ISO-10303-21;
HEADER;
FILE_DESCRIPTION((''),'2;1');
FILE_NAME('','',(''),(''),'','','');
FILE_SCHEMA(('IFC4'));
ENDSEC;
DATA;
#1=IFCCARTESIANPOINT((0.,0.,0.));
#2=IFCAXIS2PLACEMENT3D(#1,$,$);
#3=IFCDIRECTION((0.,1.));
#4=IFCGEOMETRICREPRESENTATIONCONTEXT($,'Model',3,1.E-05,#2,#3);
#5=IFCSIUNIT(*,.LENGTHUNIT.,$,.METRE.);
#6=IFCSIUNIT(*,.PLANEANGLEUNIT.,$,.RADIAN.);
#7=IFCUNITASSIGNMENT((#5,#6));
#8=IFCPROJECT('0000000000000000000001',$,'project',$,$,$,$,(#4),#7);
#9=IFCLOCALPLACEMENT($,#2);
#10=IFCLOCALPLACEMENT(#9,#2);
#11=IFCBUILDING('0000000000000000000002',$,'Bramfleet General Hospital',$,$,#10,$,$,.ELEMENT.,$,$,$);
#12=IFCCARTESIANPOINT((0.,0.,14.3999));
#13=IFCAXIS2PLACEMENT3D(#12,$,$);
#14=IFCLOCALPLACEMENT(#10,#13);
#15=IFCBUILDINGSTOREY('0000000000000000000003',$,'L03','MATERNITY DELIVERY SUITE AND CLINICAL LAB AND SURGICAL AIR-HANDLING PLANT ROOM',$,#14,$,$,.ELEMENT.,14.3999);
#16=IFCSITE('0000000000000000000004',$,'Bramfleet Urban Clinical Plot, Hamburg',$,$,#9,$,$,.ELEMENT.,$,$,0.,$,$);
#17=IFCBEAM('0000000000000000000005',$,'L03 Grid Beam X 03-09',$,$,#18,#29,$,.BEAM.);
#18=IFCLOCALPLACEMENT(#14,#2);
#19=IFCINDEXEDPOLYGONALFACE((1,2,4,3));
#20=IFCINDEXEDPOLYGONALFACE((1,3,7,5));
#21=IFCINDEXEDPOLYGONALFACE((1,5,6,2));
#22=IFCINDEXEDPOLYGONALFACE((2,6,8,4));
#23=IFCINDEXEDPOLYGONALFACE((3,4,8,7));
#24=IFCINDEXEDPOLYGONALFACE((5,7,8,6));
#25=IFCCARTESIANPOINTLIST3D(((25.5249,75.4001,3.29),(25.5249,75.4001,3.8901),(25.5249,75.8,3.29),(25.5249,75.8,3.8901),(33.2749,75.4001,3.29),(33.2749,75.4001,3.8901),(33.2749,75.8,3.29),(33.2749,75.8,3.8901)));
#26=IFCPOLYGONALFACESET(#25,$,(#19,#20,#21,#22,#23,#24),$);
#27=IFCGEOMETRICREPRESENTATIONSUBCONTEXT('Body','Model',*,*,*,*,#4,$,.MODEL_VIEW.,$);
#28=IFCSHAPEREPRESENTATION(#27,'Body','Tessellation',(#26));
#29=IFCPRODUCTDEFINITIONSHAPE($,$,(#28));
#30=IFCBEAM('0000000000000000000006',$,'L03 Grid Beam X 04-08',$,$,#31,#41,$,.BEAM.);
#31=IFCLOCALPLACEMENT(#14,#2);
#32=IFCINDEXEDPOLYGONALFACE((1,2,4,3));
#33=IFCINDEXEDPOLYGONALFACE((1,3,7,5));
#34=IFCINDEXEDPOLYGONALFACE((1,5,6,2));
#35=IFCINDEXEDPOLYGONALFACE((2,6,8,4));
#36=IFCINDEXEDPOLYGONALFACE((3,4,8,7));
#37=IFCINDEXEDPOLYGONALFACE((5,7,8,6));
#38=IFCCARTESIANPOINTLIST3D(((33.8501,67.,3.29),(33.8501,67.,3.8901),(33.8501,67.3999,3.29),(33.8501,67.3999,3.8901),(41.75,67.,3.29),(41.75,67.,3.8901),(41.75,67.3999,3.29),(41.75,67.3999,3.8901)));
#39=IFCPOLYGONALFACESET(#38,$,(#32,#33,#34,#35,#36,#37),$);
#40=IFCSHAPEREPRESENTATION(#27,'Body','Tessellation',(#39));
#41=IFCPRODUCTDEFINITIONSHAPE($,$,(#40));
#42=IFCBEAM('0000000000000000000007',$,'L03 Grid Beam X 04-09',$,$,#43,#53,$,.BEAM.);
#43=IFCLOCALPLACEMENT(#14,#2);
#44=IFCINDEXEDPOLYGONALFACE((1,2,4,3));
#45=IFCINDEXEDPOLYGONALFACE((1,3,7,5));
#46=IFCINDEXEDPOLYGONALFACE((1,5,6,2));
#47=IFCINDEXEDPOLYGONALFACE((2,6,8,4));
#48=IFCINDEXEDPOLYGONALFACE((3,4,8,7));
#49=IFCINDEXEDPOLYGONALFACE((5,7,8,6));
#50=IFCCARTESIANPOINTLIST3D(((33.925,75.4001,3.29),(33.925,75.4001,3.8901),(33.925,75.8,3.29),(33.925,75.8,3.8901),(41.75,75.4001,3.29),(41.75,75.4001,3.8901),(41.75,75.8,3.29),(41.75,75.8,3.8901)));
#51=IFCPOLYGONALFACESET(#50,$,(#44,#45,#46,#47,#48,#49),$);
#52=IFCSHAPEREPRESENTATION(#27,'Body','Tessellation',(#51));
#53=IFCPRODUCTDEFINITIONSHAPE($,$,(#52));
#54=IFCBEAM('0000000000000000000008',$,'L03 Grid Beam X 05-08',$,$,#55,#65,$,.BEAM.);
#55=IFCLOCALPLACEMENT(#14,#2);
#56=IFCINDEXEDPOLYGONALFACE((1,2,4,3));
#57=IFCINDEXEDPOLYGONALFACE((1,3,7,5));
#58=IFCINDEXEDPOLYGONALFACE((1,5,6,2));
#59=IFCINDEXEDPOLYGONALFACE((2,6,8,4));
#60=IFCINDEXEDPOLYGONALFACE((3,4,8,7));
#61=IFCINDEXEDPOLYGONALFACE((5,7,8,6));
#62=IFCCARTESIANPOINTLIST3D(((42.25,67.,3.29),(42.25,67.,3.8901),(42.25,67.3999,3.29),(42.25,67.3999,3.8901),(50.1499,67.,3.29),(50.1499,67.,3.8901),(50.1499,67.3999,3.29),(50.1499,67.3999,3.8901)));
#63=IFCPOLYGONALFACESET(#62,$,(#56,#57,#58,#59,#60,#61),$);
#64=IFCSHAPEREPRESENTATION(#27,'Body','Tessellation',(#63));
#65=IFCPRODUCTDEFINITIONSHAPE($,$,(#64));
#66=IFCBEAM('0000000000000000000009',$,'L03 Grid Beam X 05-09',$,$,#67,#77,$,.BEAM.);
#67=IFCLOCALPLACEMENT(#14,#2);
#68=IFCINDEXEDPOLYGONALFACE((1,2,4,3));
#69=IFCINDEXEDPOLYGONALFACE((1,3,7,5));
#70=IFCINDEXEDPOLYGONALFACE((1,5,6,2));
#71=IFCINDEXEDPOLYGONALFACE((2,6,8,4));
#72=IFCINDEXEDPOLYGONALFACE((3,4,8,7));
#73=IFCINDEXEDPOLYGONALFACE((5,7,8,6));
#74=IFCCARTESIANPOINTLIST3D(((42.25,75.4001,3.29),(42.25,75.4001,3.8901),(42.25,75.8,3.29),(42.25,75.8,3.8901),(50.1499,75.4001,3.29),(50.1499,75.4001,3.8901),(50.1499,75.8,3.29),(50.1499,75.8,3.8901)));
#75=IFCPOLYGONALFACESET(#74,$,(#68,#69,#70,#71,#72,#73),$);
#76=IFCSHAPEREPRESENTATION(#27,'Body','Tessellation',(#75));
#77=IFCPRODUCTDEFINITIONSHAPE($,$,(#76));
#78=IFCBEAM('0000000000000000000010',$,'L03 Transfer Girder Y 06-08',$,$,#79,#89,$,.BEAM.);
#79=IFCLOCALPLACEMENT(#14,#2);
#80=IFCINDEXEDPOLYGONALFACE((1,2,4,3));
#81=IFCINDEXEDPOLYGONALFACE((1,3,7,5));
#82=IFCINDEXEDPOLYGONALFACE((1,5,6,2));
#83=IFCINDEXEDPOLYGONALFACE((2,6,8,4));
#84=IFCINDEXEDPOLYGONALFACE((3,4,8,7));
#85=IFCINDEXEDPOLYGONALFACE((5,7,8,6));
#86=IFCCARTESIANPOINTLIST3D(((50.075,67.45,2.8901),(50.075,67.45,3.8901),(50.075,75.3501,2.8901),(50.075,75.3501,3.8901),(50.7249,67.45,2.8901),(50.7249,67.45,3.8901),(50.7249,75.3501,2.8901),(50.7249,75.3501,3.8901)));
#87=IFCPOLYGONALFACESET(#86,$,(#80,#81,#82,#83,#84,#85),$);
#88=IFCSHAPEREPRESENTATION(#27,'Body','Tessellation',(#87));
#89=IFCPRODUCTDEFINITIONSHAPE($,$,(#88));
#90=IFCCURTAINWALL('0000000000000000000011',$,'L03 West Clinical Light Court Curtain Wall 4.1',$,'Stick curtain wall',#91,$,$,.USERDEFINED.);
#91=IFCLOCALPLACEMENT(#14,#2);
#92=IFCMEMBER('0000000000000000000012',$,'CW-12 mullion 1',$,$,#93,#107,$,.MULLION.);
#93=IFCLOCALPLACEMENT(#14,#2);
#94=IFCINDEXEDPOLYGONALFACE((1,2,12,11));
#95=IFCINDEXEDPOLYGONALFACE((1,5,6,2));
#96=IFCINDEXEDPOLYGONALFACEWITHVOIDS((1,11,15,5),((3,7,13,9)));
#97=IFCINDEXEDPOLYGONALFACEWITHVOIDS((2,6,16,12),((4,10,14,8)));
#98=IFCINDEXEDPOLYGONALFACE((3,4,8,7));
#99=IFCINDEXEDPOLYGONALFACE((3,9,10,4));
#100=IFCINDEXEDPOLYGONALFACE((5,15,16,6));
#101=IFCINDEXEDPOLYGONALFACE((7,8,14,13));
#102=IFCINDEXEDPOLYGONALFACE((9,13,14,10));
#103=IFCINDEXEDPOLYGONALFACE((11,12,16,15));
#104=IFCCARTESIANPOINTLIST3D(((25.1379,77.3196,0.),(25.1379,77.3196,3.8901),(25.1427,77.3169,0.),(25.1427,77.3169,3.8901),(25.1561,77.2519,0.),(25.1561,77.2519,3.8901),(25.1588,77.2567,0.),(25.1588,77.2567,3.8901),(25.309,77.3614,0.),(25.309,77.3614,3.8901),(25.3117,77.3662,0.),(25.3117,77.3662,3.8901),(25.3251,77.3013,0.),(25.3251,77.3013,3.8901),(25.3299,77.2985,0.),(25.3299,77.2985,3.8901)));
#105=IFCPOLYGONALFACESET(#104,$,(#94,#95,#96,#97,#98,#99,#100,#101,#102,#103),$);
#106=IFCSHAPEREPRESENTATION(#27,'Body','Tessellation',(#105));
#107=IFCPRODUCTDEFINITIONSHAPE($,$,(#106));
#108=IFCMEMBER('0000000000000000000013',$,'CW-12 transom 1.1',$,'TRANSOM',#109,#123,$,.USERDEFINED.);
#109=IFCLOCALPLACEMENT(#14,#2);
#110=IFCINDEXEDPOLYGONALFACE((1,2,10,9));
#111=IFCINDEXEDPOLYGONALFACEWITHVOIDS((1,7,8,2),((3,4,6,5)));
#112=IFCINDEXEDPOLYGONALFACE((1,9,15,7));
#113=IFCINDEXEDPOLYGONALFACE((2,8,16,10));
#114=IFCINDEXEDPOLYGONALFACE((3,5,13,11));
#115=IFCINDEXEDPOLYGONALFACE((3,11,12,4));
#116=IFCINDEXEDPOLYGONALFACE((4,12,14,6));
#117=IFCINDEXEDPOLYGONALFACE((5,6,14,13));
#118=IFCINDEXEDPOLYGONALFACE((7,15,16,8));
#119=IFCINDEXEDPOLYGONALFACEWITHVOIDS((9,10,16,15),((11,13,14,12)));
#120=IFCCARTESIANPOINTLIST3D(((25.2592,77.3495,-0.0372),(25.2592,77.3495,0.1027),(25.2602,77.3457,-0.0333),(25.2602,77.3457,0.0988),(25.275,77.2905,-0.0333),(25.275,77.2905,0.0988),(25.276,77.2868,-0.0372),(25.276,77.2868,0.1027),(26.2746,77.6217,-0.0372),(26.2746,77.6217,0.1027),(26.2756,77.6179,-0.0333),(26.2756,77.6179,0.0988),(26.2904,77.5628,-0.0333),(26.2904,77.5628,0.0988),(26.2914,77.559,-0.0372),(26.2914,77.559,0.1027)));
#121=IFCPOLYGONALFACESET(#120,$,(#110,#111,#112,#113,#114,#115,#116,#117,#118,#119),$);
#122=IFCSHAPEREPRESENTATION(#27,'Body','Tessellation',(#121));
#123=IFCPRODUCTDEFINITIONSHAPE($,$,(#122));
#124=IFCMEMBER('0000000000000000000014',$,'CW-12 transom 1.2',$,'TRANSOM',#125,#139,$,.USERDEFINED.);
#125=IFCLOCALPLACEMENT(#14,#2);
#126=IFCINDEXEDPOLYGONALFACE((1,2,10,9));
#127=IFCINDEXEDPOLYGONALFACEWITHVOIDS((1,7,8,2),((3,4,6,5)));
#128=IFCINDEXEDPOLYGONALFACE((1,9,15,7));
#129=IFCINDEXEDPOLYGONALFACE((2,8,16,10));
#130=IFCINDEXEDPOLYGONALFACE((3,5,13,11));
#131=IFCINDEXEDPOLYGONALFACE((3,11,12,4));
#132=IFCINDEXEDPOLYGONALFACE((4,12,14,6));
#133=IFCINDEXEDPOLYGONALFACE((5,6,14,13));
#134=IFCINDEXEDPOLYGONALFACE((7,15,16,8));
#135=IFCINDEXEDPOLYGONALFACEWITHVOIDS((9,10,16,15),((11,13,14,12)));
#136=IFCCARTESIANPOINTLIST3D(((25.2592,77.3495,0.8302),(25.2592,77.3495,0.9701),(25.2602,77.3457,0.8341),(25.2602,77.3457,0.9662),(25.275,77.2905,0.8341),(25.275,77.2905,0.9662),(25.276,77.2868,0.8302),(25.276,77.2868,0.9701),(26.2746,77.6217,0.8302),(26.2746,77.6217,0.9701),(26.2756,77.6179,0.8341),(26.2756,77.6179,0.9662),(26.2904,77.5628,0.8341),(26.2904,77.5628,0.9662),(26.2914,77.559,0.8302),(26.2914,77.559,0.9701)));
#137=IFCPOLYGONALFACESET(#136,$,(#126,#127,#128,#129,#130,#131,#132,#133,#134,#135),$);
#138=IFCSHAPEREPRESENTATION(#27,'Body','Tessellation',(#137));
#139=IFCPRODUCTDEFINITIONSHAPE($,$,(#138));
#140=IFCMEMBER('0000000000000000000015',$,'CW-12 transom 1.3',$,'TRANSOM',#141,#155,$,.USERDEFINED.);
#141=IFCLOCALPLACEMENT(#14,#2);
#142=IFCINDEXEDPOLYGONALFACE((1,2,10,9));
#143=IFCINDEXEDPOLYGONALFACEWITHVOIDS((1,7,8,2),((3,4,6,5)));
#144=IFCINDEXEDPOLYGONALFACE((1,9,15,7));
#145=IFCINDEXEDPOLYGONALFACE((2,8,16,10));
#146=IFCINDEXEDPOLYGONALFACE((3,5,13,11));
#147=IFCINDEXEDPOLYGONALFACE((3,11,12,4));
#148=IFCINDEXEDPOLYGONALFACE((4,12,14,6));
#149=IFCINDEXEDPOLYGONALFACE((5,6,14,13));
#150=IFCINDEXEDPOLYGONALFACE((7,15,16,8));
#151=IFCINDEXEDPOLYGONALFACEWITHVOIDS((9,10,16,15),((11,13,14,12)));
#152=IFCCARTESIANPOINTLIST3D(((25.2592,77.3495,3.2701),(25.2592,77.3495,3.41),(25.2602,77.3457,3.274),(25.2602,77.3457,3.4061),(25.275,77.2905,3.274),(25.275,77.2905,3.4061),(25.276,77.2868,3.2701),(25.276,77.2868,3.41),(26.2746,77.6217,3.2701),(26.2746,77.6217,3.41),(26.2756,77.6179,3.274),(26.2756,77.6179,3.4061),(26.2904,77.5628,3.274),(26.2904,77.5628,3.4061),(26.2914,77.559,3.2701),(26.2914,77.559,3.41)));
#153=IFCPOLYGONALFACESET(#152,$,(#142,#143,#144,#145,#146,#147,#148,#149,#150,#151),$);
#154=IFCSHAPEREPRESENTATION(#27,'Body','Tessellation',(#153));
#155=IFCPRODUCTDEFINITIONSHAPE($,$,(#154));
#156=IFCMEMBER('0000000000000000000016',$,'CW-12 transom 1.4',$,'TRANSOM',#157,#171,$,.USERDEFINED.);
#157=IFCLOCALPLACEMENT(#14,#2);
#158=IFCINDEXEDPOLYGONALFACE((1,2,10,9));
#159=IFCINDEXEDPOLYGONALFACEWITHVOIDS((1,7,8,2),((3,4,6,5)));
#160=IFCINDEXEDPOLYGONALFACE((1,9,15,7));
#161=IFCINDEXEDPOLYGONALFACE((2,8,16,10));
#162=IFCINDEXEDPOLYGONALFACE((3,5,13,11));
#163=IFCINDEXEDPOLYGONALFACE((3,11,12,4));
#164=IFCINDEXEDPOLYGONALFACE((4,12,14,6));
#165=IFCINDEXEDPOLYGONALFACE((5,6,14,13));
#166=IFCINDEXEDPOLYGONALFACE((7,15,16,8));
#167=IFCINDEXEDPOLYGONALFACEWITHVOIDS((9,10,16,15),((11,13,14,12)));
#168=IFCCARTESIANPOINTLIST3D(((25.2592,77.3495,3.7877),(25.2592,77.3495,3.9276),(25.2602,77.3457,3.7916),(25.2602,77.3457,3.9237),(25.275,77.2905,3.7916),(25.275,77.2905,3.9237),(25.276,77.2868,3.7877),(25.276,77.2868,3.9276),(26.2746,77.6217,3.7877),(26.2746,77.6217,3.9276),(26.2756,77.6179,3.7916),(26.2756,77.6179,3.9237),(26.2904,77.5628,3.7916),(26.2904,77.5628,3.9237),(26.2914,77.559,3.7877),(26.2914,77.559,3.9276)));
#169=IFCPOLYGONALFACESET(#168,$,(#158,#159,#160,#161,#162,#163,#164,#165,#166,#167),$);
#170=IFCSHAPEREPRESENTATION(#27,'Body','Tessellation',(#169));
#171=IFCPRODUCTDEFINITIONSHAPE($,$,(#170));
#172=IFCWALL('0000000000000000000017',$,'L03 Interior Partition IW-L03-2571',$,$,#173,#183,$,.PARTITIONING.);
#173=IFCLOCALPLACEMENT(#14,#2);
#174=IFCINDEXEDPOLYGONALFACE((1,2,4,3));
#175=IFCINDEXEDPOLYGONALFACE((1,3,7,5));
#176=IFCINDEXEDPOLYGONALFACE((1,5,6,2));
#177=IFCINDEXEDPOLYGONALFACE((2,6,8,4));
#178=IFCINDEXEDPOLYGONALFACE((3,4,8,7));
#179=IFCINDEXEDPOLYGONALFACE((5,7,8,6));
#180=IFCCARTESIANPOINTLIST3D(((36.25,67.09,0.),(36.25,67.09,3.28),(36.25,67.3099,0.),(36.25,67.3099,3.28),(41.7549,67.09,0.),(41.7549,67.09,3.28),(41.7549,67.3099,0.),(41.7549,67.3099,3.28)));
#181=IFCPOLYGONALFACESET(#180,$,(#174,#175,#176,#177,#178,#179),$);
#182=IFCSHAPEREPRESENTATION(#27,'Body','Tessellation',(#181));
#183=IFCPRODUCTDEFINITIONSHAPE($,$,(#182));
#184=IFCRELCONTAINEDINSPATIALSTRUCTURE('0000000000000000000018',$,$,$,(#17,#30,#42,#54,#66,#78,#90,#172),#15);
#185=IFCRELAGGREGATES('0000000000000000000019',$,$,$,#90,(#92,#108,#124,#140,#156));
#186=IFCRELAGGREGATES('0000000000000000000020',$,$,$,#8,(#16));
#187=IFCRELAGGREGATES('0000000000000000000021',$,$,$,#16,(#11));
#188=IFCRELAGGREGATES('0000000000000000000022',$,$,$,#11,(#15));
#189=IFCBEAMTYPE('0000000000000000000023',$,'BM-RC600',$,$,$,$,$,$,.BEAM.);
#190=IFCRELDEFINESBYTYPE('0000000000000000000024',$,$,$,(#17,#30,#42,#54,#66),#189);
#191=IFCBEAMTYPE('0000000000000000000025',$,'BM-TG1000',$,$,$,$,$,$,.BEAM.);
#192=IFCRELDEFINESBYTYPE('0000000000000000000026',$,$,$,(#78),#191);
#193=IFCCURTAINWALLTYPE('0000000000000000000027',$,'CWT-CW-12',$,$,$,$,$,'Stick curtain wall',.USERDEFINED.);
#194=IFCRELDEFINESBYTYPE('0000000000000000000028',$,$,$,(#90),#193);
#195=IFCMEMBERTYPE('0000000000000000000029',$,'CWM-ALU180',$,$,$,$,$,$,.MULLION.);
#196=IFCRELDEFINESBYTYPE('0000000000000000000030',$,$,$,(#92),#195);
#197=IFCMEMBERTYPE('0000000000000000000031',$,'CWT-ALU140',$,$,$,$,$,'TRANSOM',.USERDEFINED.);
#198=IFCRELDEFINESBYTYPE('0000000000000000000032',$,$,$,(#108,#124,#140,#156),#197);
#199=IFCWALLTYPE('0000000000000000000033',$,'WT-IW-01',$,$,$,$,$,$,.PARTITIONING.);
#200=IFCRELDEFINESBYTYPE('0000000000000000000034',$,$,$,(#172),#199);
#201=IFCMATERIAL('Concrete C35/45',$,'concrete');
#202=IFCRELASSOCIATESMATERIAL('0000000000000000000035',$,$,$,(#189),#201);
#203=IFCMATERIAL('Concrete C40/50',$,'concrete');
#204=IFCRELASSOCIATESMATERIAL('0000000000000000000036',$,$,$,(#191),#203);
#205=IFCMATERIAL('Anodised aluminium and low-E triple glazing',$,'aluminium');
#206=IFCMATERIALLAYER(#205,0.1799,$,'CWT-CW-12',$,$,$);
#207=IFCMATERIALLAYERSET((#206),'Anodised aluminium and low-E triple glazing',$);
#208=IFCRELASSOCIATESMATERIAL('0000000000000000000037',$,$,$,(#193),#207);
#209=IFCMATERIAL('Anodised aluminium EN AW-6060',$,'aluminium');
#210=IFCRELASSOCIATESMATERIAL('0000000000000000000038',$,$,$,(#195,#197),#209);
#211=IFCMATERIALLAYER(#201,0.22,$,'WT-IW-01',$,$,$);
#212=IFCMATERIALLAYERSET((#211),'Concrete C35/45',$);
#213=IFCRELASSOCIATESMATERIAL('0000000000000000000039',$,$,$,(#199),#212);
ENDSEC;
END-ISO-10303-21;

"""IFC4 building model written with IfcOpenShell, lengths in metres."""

from ifc_helpers import new_model, si_unit, direction, frame, frame_2d, origin, origin_2d, place, context, subcontext, project, spatial, rectangle, hollow_rectangle, extrude, material, layer, layer_set, material_profile, profile_set, type_object, element, aggregate, save


model = new_model("IFC4")

# Units and contexts
model_context = context("Model", 3, precision=1e-05, world=origin(), true_north=direction((0.0, 1.0)))
body_context = subcontext(model_context, "Body", "Model", "MODEL_VIEW")
ifc_project = project(units=[si_unit("LENGTHUNIT", "METRE"), si_unit("PLANEANGLEUNIT", "RADIAN")], contexts=[model_context])

# Site, building, storey
site_placement = place(None, origin())
site = spatial("IfcSite", under=ifc_project, at=site_placement, Name="Bramfleet Urban Clinical Plot, Hamburg", CompositionType="ELEMENT", RefElevation=0.0)
building_placement = place(site_placement, origin())
building = spatial("IfcBuilding", under=site, at=building_placement, Name="Bramfleet General Hospital", CompositionType="ELEMENT")
storey_placement = place(building_placement, frame((0.0, 0.0, 14.3999)))
storey = spatial("IfcBuildingStorey", under=building, at=storey_placement, Name="L03", Description="MATERNITY DELIVERY SUITE AND CLINICAL LAB AND SURGICAL AIR-HANDLING PLANT ROOM", CompositionType="ELEMENT", Elevation=14.3999)

# Shared definitions
ifc_material_1 = material(Name="Concrete C40/50", Category="concrete")

# Beams
ifc_material_2 = material(Name="Concrete C35/45", Category="concrete")
ifc_material_profile_1 = material_profile(ifc_material_2, rectangle(XDim=0.3999, YDim=0.6001, at=origin_2d()), Name="RC BM 600x400")
ifc_profile_set_1 = profile_set([ifc_material_profile_1], Name="Concrete C35/45")
beam_type_1 = type_object("IfcBeamType", Name="BM-RC600", PredefinedType="BEAM", material=ifc_profile_set_1)
beam_1_placement = place(storey_placement, frame((25.5249, 75.6001, 3.5901), z_axis=(1.0, 0.0, 0.0), x_axis=(0.0, 1.0, 0.0)))
element("IfcBeam", 1, at=beam_1_placement, inside=storey, type_object=beam_type_1, Name="L03 Grid Beam X 03-09", PredefinedType="BEAM", context=body_context, shape_type="SweptSolid", body=[
    extrude(rectangle(XDim=0.3999, YDim=0.6001, at=origin_2d()), origin(), (0.0, 0.0, 1.0), 7.75),
])
beam_2_placement = place(storey_placement, frame((33.8501, 67.2, 3.5901), z_axis=(1.0, 0.0, 0.0), x_axis=(0.0, 1.0, 0.0)))
element("IfcBeam", 2, at=beam_2_placement, inside=storey, type_object=beam_type_1, Name="L03 Grid Beam X 04-08", PredefinedType="BEAM", context=body_context, shape_type="SweptSolid", body=[
    extrude(rectangle(XDim=0.3999, YDim=0.6001, at=origin_2d()), origin(), (0.0, 0.0, 1.0), 7.8999),
])
beam_3_placement = place(storey_placement, frame((33.925, 75.6001, 3.5901), z_axis=(1.0, 0.0, 0.0), x_axis=(0.0, 1.0, 0.0)))
element("IfcBeam", 3, at=beam_3_placement, inside=storey, type_object=beam_type_1, Name="L03 Grid Beam X 04-09", PredefinedType="BEAM", context=body_context, shape_type="SweptSolid", body=[
    extrude(rectangle(XDim=0.3999, YDim=0.6001, at=origin_2d()), origin(), (0.0, 0.0, 1.0), 7.825),
])
for number, where, z_axis, x_axis, name in (
    (4, (42.25, 67.2, 3.5901), (1.0, 0.0, 0.0), (0.0, 1.0, 0.0), "L03 Grid Beam X 05-08"),
    (5, (42.25, 75.6001, 3.5901), (1.0, 0.0, 0.0), (0.0, 1.0, 0.0), "L03 Grid Beam X 05-09"),
):
    element("IfcBeam", number, at=place(storey_placement, frame(where, z_axis=z_axis, x_axis=x_axis)), inside=storey, type_object=beam_type_1, Name=name, PredefinedType="BEAM", context=body_context, shape_type="SweptSolid", body=[
        extrude(rectangle(XDim=0.3999, YDim=0.6001, at=origin_2d()), origin(), (0.0, 0.0, 1.0), 7.8999),
    ])
ifc_material_profile_2 = material_profile(ifc_material_1, rectangle(XDim=0.6499, YDim=1.0, at=origin_2d()), Name="RC TG 1000x650")
ifc_profile_set_2 = profile_set([ifc_material_profile_2], Name="Concrete C40/50")
beam_type_2 = type_object("IfcBeamType", Name="BM-TG1000", PredefinedType="BEAM", material=ifc_profile_set_2)
beam_4_placement = place(storey_placement, frame((50.3999, 67.45, 3.3901), z_axis=(0.0, 1.0, 0.0), x_axis=(-1.0, 0.0, 0.0)))
element("IfcBeam", 6, at=beam_4_placement, inside=storey, type_object=beam_type_2, Name="L03 Transfer Girder Y 06-08", PredefinedType="BEAM", context=body_context, shape_type="SweptSolid", body=[
    extrude(rectangle(XDim=0.6499, YDim=1.0, at=origin_2d()), origin(), (0.0, 0.0, 1.0), 7.9001),
])

# Curtain wall, members
ifc_material_3 = material(Name="Anodised aluminium and low-E triple glazing", Category="aluminium")
ifc_layer_1 = layer(ifc_material_3, 0.1799, Name="CWT-CW-12")
ifc_layer_set_1 = layer_set([ifc_layer_1], Name="Anodised aluminium and low-E triple glazing")
curtain_wall_type = type_object("IfcCurtainWallType", Name="CWT-CW-12", ElementType="Stick curtain wall", PredefinedType="USERDEFINED", material=ifc_layer_set_1)
curtain_wall_placement = place(storey_placement, origin())
curtain_wall = element("IfcCurtainWall", 7, at=curtain_wall_placement, inside=storey, type_object=curtain_wall_type, Name="L03 West Clinical Light Court Curtain Wall 4.1", ObjectType="Stick curtain wall", PredefinedType="USERDEFINED")
ifc_material_4 = material(Name="Anodised aluminium EN AW-6060", Category="aluminium")
ifc_material_profile_3 = material_profile(ifc_material_4, hollow_rectangle(XDim=0.0701, YDim=0.1799, WallThickness=0.0039, at=origin_2d()), Name="ALU 180x70x4.0")
ifc_profile_set_3 = profile_set([ifc_material_profile_3], Name="Anodised aluminium EN AW-6060")
member_type_1 = type_object("IfcMemberType", Name="CWM-ALU180", PredefinedType="MULLION", material=ifc_profile_set_3)
member_1_placement = place(storey_placement, frame((25.2339, 77.3091, 0.0), z_axis=(0.0, 0.0, 1.0), x_axis=(-0.258919, 0.965899, 0.0)))
member_1 = element("IfcMember", 8, at=member_1_placement, type_object=member_type_1, Name="CW-12 mullion 1", PredefinedType="MULLION", context=body_context, shape_type="SweptSolid", body=[
    extrude(hollow_rectangle(XDim=0.0701, YDim=0.1799, WallThickness=0.0039, at=origin_2d()), origin(), (0.0, 0.0, 1.0), 3.8901),
])
ifc_material_profile_4 = material_profile(ifc_material_4, hollow_rectangle(XDim=0.0649, YDim=0.1399, WallThickness=0.0039, at=origin_2d()), Name="ALU 140x65x4.0")
ifc_profile_set_4 = profile_set([ifc_material_profile_4], Name="Anodised aluminium EN AW-6060")
member_type_2 = type_object("IfcMemberType", Name="CWT-ALU140", ElementType="TRANSOM", PredefinedType="USERDEFINED", material=ifc_profile_set_4)
member_2_placement = place(storey_placement, frame((25.2676, 77.3181, 0.0327), z_axis=(0.965891, 0.258949, 0.0), x_axis=(-0.258949, 0.965891, 0.0)))
member_2 = element("IfcMember", 9, at=member_2_placement, type_object=member_type_2, Name="CW-12 transom 1.1", ObjectType="TRANSOM", PredefinedType="USERDEFINED", context=body_context, shape_type="SweptSolid", body=[
    extrude(hollow_rectangle(XDim=0.0649, YDim=0.1399, WallThickness=0.0039, at=origin_2d()), origin(), (0.0, 0.0, 1.0), 1.0513),
])
member_3_placement = place(storey_placement, frame((25.2676, 77.3181, 0.9001), z_axis=(0.965891, 0.258949, 0.0), x_axis=(-0.258949, 0.965891, 0.0)))
member_3 = element("IfcMember", 10, at=member_3_placement, type_object=member_type_2, Name="CW-12 transom 1.2", ObjectType="TRANSOM", PredefinedType="USERDEFINED", context=body_context, shape_type="SweptSolid", body=[
    extrude(hollow_rectangle(XDim=0.0649, YDim=0.1399, WallThickness=0.0039, at=origin_2d()), origin(), (0.0, 0.0, 1.0), 1.0513),
])
member_4_placement = place(storey_placement, frame((25.2676, 77.3181, 3.3401), z_axis=(0.965891, 0.258949, 0.0), x_axis=(-0.258949, 0.965891, 0.0)))
member_4 = element("IfcMember", 11, at=member_4_placement, type_object=member_type_2, Name="CW-12 transom 1.3", ObjectType="TRANSOM", PredefinedType="USERDEFINED", context=body_context, shape_type="SweptSolid", body=[
    extrude(hollow_rectangle(XDim=0.0649, YDim=0.1399, WallThickness=0.0039, at=origin_2d()), origin(), (0.0, 0.0, 1.0), 1.0513),
])
member_5_placement = place(storey_placement, frame((25.2676, 77.3181, 3.8577), z_axis=(0.965891, 0.258949, 0.0), x_axis=(-0.258949, 0.965891, 0.0)))
member_5 = element("IfcMember", 12, at=member_5_placement, type_object=member_type_2, Name="CW-12 transom 1.4", ObjectType="TRANSOM", PredefinedType="USERDEFINED", context=body_context, shape_type="SweptSolid", body=[
    extrude(hollow_rectangle(XDim=0.0649, YDim=0.1399, WallThickness=0.0039, at=origin_2d()), origin(), (0.0, 0.0, 1.0), 1.0513),
])
aggregate(curtain_wall, [member_1, member_2, member_3, member_4, member_5])

# Wall
ifc_layer_2 = layer(ifc_material_2, 0.22, Name="WT-IW-01")
ifc_layer_set_2 = layer_set([ifc_layer_2], Name="Concrete C35/45")
wall_type = type_object("IfcWallType", Name="WT-IW-01", PredefinedType="PARTITIONING", material=ifc_layer_set_2)
wall_1_placement = place(storey_placement, frame((36.25, 67.2, 0.0), z_axis=(0.0, 0.0, 1.0), x_axis=(1.0, 0.0, 0.0)))
element("IfcWall", 13, at=wall_1_placement, inside=storey, type_object=wall_type, Name="L03 Interior Partition IW-L03-2571", PredefinedType="PARTITIONING", context=body_context, shape_type="SweptSolid", body=[
    extrude(rectangle(XDim=5.5049, YDim=0.22, at=frame_2d((2.7524, 0.0))), origin(), (0.0, 0.0, 1.0), 3.28),
])

save(model, "model.ifc")
